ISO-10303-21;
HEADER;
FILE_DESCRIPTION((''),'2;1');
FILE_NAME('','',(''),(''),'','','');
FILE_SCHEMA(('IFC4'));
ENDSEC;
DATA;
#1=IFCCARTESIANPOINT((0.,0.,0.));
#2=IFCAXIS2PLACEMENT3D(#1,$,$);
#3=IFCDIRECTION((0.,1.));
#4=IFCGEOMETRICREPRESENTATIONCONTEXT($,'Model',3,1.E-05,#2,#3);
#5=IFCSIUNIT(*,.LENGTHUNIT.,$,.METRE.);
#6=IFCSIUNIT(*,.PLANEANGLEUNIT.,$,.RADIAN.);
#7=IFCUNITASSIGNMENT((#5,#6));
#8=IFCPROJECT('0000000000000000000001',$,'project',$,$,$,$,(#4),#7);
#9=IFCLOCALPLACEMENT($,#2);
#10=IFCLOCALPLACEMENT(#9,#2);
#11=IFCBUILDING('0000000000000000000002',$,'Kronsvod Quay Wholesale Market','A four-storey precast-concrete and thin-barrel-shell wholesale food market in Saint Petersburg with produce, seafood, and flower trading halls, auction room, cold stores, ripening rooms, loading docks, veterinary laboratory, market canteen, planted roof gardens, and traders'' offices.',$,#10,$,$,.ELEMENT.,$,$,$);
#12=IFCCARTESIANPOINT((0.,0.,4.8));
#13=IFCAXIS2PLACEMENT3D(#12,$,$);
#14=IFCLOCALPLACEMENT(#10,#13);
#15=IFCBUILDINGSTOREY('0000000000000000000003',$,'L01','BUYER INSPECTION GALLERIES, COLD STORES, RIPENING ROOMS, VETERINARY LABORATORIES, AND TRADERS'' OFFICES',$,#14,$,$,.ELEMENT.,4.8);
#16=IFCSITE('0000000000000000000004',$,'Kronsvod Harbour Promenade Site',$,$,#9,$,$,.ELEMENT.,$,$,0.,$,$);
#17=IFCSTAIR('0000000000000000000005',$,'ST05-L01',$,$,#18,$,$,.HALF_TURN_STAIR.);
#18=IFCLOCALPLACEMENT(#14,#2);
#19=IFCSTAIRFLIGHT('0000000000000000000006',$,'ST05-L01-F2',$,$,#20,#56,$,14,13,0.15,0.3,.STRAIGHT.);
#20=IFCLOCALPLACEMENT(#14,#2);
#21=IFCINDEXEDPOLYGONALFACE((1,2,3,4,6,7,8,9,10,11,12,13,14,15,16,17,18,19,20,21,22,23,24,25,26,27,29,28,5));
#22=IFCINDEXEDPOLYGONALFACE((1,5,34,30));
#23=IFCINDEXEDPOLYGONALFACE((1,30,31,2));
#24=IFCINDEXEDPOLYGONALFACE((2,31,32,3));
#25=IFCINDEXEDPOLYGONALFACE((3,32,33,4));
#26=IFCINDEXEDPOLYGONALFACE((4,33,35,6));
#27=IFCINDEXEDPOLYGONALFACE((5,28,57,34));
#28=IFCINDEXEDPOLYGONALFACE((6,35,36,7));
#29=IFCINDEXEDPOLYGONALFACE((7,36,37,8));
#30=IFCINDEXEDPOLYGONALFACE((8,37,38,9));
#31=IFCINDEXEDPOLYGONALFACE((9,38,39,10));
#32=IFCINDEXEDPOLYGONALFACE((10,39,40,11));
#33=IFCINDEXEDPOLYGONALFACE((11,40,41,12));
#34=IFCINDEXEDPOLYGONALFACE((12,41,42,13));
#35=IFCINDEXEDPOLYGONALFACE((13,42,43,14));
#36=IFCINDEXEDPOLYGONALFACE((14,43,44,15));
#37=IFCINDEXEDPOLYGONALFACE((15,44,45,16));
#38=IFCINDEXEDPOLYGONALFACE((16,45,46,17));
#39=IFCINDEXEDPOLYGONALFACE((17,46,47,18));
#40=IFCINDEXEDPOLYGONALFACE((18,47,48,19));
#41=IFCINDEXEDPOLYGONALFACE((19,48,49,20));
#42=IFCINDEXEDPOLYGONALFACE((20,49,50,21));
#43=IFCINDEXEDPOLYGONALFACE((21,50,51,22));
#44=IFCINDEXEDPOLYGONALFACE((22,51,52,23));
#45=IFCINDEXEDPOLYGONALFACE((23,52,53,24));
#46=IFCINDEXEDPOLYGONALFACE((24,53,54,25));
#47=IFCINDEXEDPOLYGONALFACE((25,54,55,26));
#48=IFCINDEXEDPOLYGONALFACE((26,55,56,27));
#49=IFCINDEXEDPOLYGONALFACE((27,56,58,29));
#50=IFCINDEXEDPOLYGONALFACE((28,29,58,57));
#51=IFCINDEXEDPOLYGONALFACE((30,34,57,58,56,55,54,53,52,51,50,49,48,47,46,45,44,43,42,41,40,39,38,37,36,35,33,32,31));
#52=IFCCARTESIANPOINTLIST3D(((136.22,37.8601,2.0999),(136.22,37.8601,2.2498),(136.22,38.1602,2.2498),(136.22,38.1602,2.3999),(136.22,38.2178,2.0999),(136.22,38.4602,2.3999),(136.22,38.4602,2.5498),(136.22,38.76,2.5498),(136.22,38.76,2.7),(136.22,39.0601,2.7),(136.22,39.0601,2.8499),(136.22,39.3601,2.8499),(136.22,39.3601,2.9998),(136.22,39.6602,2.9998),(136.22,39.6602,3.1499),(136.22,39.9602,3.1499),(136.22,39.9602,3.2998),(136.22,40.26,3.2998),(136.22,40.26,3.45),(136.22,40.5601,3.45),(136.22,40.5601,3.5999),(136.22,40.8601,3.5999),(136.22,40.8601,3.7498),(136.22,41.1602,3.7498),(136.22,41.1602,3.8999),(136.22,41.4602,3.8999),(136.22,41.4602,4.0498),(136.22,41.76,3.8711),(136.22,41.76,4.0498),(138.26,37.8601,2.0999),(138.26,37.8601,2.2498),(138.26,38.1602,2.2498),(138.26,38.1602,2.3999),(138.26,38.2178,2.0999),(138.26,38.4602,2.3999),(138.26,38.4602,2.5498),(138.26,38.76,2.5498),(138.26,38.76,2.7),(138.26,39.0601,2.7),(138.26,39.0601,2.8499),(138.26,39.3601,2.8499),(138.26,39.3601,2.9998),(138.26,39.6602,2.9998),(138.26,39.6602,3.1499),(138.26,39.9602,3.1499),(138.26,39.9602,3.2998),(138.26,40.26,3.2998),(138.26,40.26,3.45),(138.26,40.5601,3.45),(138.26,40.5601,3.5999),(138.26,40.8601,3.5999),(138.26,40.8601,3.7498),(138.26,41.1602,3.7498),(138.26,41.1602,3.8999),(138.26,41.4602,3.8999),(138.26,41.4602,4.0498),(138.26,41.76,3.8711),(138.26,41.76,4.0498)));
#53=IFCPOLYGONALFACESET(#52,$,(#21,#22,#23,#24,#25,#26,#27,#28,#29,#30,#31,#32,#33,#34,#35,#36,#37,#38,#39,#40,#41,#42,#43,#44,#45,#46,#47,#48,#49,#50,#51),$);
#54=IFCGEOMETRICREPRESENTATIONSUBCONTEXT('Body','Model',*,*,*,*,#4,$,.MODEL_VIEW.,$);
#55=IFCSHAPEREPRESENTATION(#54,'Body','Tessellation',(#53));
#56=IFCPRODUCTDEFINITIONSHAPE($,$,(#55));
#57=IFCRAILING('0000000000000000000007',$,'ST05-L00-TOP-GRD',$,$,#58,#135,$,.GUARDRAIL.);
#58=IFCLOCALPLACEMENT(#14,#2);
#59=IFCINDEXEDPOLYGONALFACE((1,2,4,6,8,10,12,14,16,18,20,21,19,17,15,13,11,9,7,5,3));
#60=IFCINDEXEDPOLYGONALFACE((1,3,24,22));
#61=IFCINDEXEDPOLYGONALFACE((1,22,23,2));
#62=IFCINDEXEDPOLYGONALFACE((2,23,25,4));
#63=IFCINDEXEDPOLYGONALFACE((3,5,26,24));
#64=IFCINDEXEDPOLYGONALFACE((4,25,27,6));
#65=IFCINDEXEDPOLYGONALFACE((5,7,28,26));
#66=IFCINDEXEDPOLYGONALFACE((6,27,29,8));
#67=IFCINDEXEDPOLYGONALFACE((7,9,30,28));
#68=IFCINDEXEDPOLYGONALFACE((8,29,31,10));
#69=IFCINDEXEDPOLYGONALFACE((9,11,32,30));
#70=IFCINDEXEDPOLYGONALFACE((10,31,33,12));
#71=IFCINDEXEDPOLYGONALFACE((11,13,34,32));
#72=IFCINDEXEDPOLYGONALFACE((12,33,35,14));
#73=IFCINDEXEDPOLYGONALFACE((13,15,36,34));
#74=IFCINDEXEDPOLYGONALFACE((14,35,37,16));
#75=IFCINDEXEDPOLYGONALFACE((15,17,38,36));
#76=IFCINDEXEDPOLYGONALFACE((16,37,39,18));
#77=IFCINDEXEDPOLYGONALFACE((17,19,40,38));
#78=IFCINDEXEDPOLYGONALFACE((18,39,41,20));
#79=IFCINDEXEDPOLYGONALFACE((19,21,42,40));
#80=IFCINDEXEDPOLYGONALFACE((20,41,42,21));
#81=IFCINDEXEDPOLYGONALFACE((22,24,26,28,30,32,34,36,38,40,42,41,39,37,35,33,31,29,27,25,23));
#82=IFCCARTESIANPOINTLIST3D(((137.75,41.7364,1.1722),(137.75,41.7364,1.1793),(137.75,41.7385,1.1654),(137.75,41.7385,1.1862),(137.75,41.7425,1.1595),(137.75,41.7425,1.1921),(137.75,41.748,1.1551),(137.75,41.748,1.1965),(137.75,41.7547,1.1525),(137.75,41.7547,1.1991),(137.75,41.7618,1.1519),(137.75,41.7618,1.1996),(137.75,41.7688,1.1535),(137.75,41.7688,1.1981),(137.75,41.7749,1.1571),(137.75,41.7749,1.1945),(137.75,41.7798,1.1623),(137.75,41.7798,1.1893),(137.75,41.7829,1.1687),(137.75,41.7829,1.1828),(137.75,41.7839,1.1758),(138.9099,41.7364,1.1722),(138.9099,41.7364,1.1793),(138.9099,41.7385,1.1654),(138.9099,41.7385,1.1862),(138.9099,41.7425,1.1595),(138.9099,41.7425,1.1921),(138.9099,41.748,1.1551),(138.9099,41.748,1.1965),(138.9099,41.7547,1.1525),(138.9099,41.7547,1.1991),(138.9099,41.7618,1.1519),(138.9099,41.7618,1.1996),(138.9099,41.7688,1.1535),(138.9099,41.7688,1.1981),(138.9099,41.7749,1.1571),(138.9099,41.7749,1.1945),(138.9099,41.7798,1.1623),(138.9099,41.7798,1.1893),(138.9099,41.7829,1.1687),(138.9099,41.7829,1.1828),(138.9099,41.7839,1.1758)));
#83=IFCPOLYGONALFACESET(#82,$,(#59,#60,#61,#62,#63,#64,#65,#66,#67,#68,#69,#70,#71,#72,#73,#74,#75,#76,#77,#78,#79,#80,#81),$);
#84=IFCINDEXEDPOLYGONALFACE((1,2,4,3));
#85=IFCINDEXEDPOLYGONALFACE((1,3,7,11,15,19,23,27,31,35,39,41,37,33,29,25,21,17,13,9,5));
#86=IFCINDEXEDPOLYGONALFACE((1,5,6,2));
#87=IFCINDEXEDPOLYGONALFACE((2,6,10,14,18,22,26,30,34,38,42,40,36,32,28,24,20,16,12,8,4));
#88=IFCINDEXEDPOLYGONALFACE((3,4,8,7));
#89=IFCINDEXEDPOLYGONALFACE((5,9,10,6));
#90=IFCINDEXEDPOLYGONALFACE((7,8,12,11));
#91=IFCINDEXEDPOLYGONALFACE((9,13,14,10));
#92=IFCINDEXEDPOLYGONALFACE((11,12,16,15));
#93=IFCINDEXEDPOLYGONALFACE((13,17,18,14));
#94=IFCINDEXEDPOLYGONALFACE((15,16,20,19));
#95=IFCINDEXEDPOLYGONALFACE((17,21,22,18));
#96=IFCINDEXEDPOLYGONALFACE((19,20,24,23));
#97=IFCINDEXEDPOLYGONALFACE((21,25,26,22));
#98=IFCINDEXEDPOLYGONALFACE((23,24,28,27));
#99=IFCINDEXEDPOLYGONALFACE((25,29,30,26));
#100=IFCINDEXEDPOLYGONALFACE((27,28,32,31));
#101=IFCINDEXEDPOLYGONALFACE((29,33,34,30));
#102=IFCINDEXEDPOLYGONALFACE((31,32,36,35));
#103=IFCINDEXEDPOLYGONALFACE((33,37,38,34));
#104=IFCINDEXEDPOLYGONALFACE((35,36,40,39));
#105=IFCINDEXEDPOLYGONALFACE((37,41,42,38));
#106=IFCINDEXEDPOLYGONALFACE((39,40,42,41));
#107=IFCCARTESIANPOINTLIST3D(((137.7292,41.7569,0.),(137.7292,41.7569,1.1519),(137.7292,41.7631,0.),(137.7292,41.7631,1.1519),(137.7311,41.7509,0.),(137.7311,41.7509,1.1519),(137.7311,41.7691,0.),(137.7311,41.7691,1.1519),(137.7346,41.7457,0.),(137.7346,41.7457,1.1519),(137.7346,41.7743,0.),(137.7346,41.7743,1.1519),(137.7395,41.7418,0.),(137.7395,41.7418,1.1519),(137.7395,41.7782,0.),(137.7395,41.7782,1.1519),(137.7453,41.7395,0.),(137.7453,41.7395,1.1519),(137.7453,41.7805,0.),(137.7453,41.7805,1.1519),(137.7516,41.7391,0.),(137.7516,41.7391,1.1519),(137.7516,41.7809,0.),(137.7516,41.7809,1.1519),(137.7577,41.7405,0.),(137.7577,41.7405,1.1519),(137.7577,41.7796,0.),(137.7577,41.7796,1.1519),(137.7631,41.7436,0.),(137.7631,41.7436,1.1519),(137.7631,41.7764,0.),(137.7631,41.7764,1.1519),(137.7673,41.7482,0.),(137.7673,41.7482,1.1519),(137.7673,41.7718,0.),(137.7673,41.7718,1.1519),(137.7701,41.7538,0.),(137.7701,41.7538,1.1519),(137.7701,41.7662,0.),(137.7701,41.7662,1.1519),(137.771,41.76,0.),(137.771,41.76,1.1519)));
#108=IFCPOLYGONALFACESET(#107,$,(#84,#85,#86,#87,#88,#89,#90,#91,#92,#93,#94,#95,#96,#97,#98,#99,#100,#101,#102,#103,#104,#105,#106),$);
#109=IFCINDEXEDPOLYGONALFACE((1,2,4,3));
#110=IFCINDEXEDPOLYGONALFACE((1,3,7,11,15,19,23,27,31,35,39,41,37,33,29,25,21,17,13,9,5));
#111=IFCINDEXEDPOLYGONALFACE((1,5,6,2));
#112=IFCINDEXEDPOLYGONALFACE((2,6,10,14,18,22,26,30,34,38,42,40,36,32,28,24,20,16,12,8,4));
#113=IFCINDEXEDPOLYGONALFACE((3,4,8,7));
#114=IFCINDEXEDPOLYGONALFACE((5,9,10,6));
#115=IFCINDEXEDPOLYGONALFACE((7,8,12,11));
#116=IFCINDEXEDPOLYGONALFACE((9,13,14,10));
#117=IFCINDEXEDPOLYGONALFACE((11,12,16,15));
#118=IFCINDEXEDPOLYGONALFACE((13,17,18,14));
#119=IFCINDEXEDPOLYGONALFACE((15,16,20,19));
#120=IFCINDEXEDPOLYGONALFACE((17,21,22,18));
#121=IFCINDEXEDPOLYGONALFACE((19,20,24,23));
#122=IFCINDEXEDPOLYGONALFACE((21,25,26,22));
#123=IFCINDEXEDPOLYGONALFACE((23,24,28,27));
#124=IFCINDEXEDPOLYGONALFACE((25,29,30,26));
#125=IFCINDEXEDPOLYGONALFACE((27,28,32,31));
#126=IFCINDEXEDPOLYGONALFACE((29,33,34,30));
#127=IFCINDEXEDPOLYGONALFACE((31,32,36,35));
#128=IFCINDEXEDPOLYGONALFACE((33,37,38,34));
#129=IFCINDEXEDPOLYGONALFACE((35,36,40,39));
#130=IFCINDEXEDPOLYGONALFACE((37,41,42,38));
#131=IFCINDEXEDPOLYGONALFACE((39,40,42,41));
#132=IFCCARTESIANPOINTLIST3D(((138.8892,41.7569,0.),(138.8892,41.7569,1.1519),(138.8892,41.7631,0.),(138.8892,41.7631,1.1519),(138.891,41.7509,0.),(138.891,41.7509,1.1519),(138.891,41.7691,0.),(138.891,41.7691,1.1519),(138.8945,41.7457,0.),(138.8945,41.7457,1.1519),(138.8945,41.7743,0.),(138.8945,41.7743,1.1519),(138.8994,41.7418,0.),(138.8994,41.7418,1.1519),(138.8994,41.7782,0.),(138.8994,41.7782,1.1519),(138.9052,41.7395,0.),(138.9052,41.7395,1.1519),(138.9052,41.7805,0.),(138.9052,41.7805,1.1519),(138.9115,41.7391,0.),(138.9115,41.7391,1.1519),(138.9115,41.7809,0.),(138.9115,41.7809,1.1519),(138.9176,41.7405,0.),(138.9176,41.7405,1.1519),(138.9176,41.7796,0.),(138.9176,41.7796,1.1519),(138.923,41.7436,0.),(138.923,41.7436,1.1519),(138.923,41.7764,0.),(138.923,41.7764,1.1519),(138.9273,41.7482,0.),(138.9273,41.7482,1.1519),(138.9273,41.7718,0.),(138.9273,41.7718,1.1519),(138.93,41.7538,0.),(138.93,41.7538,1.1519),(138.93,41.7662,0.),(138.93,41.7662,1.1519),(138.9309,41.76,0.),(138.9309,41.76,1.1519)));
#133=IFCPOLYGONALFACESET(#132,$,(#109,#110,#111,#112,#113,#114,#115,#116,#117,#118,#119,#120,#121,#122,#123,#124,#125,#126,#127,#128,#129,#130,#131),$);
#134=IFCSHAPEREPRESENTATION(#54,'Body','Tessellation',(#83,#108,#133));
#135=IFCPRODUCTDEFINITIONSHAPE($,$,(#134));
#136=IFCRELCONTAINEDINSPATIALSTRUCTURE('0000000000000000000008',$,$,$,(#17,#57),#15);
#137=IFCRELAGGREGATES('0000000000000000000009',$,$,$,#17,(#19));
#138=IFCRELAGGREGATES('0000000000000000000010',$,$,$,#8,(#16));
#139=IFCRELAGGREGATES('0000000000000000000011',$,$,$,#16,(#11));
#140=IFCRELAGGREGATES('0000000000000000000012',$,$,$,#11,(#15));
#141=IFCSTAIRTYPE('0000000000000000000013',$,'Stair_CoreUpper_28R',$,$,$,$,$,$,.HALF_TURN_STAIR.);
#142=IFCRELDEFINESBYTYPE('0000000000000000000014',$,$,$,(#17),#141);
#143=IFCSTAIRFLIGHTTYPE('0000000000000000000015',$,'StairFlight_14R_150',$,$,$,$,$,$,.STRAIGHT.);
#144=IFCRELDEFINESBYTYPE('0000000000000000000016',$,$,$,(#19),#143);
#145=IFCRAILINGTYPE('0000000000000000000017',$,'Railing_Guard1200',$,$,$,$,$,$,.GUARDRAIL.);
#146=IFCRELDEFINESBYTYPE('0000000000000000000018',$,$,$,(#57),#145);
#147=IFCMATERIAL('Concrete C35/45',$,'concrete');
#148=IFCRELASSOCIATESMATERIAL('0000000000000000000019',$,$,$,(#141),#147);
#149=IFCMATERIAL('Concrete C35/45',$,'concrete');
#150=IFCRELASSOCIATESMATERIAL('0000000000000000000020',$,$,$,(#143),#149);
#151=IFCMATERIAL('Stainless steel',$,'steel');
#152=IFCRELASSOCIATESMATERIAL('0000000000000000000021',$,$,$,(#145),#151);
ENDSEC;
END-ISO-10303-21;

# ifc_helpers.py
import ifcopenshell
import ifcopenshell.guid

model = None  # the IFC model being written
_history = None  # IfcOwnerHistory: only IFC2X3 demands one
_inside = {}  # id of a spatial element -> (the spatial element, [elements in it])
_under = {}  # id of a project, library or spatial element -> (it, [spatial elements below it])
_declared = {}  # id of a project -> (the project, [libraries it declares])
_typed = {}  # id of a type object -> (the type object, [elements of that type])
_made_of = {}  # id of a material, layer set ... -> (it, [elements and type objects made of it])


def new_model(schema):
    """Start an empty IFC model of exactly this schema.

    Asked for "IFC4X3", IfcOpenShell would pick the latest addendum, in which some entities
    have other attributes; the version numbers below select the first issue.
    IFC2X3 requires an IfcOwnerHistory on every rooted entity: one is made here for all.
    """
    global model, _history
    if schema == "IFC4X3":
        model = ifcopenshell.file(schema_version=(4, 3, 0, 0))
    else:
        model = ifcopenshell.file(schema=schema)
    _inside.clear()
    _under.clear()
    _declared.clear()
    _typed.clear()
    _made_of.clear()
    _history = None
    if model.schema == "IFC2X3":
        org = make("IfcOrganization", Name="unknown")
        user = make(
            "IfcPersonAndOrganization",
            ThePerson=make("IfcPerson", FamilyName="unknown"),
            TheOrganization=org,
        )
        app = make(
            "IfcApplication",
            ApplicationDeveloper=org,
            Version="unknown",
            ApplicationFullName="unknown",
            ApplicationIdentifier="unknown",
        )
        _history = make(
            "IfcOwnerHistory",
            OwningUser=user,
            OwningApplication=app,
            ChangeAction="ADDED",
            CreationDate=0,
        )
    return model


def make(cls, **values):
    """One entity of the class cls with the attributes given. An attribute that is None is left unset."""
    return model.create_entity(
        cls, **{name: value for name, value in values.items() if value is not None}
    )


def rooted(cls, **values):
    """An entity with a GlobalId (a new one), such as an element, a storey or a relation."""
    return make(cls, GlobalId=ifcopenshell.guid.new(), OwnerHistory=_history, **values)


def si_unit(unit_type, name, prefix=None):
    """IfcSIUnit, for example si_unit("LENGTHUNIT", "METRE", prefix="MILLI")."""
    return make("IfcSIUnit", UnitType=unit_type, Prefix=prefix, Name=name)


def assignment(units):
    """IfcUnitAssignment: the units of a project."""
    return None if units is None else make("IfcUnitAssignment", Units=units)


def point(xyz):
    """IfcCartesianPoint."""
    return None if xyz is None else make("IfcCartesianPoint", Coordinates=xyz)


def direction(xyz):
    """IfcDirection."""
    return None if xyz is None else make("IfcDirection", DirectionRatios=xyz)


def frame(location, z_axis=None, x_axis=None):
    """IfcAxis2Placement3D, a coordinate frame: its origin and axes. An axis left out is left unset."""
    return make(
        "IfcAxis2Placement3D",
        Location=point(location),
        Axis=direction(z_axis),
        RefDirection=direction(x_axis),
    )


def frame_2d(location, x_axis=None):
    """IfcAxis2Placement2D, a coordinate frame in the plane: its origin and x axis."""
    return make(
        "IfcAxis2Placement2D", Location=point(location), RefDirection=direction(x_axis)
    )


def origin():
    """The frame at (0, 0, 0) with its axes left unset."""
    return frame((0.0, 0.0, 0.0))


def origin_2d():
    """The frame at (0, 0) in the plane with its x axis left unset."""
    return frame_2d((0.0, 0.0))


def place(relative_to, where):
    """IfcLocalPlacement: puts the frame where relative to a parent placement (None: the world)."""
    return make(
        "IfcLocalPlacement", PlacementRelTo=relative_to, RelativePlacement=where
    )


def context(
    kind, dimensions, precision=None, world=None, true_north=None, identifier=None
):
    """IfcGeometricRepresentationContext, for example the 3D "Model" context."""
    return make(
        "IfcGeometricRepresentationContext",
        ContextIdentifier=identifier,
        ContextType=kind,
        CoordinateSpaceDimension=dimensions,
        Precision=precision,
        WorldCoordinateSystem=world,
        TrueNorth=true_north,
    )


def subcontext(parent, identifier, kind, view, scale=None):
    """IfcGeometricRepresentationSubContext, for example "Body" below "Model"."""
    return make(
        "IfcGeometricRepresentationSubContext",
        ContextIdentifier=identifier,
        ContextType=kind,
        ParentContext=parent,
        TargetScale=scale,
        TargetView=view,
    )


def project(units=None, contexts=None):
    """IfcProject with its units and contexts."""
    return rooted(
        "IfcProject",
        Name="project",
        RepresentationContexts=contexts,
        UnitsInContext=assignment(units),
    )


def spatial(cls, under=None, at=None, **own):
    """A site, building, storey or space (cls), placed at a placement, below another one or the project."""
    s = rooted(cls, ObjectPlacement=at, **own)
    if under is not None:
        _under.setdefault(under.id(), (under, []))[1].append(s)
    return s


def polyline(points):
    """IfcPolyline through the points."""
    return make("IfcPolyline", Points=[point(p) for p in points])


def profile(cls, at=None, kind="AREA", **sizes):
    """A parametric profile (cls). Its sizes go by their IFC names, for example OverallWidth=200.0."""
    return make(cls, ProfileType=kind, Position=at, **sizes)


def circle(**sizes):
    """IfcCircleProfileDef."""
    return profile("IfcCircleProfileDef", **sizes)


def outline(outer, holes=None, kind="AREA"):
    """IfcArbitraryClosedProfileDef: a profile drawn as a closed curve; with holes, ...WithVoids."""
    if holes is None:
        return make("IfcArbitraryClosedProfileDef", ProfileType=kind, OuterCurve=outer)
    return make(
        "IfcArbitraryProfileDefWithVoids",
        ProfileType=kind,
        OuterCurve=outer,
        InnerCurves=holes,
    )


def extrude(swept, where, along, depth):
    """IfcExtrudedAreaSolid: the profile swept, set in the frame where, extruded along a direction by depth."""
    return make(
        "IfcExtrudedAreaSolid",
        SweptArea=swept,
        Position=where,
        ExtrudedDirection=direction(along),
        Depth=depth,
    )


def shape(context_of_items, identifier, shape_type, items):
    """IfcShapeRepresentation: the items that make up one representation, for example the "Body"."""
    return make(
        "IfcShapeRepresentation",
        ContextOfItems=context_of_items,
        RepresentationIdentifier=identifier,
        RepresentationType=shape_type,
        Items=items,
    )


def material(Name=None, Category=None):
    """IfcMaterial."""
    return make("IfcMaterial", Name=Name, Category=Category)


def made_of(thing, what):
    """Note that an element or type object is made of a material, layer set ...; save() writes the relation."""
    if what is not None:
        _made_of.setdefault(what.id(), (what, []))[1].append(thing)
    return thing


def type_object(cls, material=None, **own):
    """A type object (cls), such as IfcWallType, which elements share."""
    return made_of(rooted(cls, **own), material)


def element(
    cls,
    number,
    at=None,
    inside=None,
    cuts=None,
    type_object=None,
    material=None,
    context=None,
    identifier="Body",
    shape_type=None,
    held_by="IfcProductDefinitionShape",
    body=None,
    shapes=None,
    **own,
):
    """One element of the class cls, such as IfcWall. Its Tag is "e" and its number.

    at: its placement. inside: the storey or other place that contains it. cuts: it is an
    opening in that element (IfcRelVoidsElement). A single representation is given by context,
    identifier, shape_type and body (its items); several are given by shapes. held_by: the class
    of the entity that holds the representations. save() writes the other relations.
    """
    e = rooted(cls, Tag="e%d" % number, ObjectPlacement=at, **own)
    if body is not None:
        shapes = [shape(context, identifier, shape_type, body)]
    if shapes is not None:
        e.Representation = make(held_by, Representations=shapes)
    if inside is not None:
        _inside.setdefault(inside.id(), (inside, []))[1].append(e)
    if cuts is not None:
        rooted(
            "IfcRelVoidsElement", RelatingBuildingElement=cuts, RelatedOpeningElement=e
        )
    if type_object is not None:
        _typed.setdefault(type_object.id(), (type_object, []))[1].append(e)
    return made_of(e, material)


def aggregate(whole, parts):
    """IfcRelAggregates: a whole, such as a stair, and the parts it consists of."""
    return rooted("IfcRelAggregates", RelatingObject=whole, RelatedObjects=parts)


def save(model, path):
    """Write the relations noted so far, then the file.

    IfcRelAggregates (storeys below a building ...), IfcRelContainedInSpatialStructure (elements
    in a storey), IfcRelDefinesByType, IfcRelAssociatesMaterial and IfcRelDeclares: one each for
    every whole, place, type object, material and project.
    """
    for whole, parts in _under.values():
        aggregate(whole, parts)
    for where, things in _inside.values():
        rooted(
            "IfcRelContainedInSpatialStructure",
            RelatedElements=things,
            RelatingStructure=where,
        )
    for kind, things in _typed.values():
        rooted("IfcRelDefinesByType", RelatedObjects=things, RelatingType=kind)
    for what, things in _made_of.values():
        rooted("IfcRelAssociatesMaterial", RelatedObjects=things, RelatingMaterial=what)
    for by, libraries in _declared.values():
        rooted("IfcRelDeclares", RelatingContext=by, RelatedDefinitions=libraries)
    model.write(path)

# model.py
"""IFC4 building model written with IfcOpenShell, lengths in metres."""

from ifc_helpers import new_model, si_unit, direction, frame, origin, origin_2d, place, context, subcontext, project, spatial, polyline, circle, outline, extrude, material, type_object, element, aggregate, save


model = new_model("IFC4")

# Units and contexts
model_context = context("Model", 3, precision=1e-05, world=origin(), true_north=direction((0.0, 1.0)))
body_context = subcontext(model_context, "Body", "Model", "MODEL_VIEW")
ifc_project = project(units=[si_unit("LENGTHUNIT", "METRE"), si_unit("PLANEANGLEUNIT", "RADIAN")], contexts=[model_context])

# Site, building, storey
site_placement = place(None, origin())
site = spatial("IfcSite", under=ifc_project, at=site_placement, Name="Kronsvod Harbour Promenade Site", CompositionType="ELEMENT", RefElevation=0.0)
building_placement = place(site_placement, origin())
building = spatial("IfcBuilding", under=site, at=building_placement, Name="Kronsvod Quay Wholesale Market", Description="A four-storey precast-concrete and thin-barrel-shell wholesale food market in Saint Petersburg with produce, seafood, and flower trading halls, auction room, cold stores, ripening rooms, loading docks, veterinary laboratory, market canteen, planted roof gardens, and traders' offices.", CompositionType="ELEMENT")
storey_placement = place(building_placement, frame((0.0, 0.0, 4.8)))
storey = spatial("IfcBuildingStorey", under=building, at=storey_placement, Name="L01", Description="BUYER INSPECTION GALLERIES, COLD STORES, RIPENING ROOMS, VETERINARY LABORATORIES, AND TRADERS' OFFICES", CompositionType="ELEMENT", Elevation=4.8)

# Stair, stair flight
ifc_material_1 = material(Name="Concrete C35/45", Category="concrete")
stair_type = type_object("IfcStairType", Name="Stair_CoreUpper_28R", PredefinedType="HALF_TURN_STAIR", material=ifc_material_1)
stair_placement = place(storey_placement, origin())
stair = element("IfcStair", 1, at=stair_placement, inside=storey, type_object=stair_type, Name="ST05-L01", PredefinedType="HALF_TURN_STAIR")
ifc_material_2 = material(Name="Concrete C35/45", Category="concrete")
stair_flight_type = type_object("IfcStairFlightType", Name="StairFlight_14R_150", PredefinedType="STRAIGHT", material=ifc_material_2)
stair_flight_1_placement = place(storey_placement, frame((137.24, 37.8601, 2.0999), z_axis=(0.0, 0.0, 1.0), x_axis=(0.0, 1.0, 0.0)))
stair_flight_1 = element("IfcStairFlight", 2, at=stair_flight_1_placement, type_object=stair_flight_type, Name="ST05-L01-F2", NumberOfRisers=14, NumberOfTreads=13, PredefinedType="STRAIGHT", RiserHeight=0.15, TreadLength=0.3, context=body_context, shape_type="SweptSolid", body=[
    extrude(outline(polyline([(0.0, 0.0), (0.0, 0.1499), (0.3, 0.1499), (0.3, 0.3), (0.6001, 0.3), (0.6001, 0.45), (0.8999, 0.45), (0.8999, 0.6001), (1.2, 0.6001), (1.2, 0.75), (1.5, 0.75), (1.5, 0.8999), (1.8, 0.8999), (1.8, 1.05), (2.1001, 1.05), (2.1001, 1.2), (2.3999, 1.2), (2.3999, 1.3501), (2.7, 1.3501), (2.7, 1.5), (3.0, 1.5), (3.0, 1.6499), (3.3, 1.6499), (3.3, 1.8), (3.6001, 1.8), (3.6001, 1.95), (3.8999, 1.95), (3.8999, 2.1001), (3.8999, 1.7712), (0.3577, 0.0), (0.0, 0.0)])), frame((0.0, 1.02, 0.0), z_axis=(0.0, -1.0, 0.0), x_axis=(1.0, 0.0, 0.0)), (0.0, 0.0, 1.0), 2.04),
])
aggregate(stair, [stair_flight_1])

# Railing
ifc_material_3 = material(Name="Stainless steel", Category="steel")
railing_type_1 = type_object("IfcRailingType", Name="Railing_Guard1200", PredefinedType="GUARDRAIL", material=ifc_material_3)
railing_1_placement = place(storey_placement, frame((137.75, 41.76, 0.0)))
element("IfcRailing", 3, at=railing_1_placement, inside=storey, type_object=railing_type_1, Name="ST05-L00-TOP-GRD", PredefinedType="GUARDRAIL", context=body_context, shape_type="SweptSolid", body=[
    extrude(circle(Radius=0.0239, at=origin_2d()), frame((0.0, 0.0, 1.1758), z_axis=(1.0, 0.0, 0.0), x_axis=(0.0, 1.0, 0.0)), (0.0, 0.0, 1.0), 1.1599),
    extrude(circle(Radius=0.021, at=origin_2d()), origin(), (0.0, 0.0, 1.0), 1.1519),
    extrude(circle(Radius=0.021, at=origin_2d()), frame((1.1599, 0.0, 0.0)), (0.0, 0.0, 1.0), 1.1519),
])

save(model, "model.ifc")
